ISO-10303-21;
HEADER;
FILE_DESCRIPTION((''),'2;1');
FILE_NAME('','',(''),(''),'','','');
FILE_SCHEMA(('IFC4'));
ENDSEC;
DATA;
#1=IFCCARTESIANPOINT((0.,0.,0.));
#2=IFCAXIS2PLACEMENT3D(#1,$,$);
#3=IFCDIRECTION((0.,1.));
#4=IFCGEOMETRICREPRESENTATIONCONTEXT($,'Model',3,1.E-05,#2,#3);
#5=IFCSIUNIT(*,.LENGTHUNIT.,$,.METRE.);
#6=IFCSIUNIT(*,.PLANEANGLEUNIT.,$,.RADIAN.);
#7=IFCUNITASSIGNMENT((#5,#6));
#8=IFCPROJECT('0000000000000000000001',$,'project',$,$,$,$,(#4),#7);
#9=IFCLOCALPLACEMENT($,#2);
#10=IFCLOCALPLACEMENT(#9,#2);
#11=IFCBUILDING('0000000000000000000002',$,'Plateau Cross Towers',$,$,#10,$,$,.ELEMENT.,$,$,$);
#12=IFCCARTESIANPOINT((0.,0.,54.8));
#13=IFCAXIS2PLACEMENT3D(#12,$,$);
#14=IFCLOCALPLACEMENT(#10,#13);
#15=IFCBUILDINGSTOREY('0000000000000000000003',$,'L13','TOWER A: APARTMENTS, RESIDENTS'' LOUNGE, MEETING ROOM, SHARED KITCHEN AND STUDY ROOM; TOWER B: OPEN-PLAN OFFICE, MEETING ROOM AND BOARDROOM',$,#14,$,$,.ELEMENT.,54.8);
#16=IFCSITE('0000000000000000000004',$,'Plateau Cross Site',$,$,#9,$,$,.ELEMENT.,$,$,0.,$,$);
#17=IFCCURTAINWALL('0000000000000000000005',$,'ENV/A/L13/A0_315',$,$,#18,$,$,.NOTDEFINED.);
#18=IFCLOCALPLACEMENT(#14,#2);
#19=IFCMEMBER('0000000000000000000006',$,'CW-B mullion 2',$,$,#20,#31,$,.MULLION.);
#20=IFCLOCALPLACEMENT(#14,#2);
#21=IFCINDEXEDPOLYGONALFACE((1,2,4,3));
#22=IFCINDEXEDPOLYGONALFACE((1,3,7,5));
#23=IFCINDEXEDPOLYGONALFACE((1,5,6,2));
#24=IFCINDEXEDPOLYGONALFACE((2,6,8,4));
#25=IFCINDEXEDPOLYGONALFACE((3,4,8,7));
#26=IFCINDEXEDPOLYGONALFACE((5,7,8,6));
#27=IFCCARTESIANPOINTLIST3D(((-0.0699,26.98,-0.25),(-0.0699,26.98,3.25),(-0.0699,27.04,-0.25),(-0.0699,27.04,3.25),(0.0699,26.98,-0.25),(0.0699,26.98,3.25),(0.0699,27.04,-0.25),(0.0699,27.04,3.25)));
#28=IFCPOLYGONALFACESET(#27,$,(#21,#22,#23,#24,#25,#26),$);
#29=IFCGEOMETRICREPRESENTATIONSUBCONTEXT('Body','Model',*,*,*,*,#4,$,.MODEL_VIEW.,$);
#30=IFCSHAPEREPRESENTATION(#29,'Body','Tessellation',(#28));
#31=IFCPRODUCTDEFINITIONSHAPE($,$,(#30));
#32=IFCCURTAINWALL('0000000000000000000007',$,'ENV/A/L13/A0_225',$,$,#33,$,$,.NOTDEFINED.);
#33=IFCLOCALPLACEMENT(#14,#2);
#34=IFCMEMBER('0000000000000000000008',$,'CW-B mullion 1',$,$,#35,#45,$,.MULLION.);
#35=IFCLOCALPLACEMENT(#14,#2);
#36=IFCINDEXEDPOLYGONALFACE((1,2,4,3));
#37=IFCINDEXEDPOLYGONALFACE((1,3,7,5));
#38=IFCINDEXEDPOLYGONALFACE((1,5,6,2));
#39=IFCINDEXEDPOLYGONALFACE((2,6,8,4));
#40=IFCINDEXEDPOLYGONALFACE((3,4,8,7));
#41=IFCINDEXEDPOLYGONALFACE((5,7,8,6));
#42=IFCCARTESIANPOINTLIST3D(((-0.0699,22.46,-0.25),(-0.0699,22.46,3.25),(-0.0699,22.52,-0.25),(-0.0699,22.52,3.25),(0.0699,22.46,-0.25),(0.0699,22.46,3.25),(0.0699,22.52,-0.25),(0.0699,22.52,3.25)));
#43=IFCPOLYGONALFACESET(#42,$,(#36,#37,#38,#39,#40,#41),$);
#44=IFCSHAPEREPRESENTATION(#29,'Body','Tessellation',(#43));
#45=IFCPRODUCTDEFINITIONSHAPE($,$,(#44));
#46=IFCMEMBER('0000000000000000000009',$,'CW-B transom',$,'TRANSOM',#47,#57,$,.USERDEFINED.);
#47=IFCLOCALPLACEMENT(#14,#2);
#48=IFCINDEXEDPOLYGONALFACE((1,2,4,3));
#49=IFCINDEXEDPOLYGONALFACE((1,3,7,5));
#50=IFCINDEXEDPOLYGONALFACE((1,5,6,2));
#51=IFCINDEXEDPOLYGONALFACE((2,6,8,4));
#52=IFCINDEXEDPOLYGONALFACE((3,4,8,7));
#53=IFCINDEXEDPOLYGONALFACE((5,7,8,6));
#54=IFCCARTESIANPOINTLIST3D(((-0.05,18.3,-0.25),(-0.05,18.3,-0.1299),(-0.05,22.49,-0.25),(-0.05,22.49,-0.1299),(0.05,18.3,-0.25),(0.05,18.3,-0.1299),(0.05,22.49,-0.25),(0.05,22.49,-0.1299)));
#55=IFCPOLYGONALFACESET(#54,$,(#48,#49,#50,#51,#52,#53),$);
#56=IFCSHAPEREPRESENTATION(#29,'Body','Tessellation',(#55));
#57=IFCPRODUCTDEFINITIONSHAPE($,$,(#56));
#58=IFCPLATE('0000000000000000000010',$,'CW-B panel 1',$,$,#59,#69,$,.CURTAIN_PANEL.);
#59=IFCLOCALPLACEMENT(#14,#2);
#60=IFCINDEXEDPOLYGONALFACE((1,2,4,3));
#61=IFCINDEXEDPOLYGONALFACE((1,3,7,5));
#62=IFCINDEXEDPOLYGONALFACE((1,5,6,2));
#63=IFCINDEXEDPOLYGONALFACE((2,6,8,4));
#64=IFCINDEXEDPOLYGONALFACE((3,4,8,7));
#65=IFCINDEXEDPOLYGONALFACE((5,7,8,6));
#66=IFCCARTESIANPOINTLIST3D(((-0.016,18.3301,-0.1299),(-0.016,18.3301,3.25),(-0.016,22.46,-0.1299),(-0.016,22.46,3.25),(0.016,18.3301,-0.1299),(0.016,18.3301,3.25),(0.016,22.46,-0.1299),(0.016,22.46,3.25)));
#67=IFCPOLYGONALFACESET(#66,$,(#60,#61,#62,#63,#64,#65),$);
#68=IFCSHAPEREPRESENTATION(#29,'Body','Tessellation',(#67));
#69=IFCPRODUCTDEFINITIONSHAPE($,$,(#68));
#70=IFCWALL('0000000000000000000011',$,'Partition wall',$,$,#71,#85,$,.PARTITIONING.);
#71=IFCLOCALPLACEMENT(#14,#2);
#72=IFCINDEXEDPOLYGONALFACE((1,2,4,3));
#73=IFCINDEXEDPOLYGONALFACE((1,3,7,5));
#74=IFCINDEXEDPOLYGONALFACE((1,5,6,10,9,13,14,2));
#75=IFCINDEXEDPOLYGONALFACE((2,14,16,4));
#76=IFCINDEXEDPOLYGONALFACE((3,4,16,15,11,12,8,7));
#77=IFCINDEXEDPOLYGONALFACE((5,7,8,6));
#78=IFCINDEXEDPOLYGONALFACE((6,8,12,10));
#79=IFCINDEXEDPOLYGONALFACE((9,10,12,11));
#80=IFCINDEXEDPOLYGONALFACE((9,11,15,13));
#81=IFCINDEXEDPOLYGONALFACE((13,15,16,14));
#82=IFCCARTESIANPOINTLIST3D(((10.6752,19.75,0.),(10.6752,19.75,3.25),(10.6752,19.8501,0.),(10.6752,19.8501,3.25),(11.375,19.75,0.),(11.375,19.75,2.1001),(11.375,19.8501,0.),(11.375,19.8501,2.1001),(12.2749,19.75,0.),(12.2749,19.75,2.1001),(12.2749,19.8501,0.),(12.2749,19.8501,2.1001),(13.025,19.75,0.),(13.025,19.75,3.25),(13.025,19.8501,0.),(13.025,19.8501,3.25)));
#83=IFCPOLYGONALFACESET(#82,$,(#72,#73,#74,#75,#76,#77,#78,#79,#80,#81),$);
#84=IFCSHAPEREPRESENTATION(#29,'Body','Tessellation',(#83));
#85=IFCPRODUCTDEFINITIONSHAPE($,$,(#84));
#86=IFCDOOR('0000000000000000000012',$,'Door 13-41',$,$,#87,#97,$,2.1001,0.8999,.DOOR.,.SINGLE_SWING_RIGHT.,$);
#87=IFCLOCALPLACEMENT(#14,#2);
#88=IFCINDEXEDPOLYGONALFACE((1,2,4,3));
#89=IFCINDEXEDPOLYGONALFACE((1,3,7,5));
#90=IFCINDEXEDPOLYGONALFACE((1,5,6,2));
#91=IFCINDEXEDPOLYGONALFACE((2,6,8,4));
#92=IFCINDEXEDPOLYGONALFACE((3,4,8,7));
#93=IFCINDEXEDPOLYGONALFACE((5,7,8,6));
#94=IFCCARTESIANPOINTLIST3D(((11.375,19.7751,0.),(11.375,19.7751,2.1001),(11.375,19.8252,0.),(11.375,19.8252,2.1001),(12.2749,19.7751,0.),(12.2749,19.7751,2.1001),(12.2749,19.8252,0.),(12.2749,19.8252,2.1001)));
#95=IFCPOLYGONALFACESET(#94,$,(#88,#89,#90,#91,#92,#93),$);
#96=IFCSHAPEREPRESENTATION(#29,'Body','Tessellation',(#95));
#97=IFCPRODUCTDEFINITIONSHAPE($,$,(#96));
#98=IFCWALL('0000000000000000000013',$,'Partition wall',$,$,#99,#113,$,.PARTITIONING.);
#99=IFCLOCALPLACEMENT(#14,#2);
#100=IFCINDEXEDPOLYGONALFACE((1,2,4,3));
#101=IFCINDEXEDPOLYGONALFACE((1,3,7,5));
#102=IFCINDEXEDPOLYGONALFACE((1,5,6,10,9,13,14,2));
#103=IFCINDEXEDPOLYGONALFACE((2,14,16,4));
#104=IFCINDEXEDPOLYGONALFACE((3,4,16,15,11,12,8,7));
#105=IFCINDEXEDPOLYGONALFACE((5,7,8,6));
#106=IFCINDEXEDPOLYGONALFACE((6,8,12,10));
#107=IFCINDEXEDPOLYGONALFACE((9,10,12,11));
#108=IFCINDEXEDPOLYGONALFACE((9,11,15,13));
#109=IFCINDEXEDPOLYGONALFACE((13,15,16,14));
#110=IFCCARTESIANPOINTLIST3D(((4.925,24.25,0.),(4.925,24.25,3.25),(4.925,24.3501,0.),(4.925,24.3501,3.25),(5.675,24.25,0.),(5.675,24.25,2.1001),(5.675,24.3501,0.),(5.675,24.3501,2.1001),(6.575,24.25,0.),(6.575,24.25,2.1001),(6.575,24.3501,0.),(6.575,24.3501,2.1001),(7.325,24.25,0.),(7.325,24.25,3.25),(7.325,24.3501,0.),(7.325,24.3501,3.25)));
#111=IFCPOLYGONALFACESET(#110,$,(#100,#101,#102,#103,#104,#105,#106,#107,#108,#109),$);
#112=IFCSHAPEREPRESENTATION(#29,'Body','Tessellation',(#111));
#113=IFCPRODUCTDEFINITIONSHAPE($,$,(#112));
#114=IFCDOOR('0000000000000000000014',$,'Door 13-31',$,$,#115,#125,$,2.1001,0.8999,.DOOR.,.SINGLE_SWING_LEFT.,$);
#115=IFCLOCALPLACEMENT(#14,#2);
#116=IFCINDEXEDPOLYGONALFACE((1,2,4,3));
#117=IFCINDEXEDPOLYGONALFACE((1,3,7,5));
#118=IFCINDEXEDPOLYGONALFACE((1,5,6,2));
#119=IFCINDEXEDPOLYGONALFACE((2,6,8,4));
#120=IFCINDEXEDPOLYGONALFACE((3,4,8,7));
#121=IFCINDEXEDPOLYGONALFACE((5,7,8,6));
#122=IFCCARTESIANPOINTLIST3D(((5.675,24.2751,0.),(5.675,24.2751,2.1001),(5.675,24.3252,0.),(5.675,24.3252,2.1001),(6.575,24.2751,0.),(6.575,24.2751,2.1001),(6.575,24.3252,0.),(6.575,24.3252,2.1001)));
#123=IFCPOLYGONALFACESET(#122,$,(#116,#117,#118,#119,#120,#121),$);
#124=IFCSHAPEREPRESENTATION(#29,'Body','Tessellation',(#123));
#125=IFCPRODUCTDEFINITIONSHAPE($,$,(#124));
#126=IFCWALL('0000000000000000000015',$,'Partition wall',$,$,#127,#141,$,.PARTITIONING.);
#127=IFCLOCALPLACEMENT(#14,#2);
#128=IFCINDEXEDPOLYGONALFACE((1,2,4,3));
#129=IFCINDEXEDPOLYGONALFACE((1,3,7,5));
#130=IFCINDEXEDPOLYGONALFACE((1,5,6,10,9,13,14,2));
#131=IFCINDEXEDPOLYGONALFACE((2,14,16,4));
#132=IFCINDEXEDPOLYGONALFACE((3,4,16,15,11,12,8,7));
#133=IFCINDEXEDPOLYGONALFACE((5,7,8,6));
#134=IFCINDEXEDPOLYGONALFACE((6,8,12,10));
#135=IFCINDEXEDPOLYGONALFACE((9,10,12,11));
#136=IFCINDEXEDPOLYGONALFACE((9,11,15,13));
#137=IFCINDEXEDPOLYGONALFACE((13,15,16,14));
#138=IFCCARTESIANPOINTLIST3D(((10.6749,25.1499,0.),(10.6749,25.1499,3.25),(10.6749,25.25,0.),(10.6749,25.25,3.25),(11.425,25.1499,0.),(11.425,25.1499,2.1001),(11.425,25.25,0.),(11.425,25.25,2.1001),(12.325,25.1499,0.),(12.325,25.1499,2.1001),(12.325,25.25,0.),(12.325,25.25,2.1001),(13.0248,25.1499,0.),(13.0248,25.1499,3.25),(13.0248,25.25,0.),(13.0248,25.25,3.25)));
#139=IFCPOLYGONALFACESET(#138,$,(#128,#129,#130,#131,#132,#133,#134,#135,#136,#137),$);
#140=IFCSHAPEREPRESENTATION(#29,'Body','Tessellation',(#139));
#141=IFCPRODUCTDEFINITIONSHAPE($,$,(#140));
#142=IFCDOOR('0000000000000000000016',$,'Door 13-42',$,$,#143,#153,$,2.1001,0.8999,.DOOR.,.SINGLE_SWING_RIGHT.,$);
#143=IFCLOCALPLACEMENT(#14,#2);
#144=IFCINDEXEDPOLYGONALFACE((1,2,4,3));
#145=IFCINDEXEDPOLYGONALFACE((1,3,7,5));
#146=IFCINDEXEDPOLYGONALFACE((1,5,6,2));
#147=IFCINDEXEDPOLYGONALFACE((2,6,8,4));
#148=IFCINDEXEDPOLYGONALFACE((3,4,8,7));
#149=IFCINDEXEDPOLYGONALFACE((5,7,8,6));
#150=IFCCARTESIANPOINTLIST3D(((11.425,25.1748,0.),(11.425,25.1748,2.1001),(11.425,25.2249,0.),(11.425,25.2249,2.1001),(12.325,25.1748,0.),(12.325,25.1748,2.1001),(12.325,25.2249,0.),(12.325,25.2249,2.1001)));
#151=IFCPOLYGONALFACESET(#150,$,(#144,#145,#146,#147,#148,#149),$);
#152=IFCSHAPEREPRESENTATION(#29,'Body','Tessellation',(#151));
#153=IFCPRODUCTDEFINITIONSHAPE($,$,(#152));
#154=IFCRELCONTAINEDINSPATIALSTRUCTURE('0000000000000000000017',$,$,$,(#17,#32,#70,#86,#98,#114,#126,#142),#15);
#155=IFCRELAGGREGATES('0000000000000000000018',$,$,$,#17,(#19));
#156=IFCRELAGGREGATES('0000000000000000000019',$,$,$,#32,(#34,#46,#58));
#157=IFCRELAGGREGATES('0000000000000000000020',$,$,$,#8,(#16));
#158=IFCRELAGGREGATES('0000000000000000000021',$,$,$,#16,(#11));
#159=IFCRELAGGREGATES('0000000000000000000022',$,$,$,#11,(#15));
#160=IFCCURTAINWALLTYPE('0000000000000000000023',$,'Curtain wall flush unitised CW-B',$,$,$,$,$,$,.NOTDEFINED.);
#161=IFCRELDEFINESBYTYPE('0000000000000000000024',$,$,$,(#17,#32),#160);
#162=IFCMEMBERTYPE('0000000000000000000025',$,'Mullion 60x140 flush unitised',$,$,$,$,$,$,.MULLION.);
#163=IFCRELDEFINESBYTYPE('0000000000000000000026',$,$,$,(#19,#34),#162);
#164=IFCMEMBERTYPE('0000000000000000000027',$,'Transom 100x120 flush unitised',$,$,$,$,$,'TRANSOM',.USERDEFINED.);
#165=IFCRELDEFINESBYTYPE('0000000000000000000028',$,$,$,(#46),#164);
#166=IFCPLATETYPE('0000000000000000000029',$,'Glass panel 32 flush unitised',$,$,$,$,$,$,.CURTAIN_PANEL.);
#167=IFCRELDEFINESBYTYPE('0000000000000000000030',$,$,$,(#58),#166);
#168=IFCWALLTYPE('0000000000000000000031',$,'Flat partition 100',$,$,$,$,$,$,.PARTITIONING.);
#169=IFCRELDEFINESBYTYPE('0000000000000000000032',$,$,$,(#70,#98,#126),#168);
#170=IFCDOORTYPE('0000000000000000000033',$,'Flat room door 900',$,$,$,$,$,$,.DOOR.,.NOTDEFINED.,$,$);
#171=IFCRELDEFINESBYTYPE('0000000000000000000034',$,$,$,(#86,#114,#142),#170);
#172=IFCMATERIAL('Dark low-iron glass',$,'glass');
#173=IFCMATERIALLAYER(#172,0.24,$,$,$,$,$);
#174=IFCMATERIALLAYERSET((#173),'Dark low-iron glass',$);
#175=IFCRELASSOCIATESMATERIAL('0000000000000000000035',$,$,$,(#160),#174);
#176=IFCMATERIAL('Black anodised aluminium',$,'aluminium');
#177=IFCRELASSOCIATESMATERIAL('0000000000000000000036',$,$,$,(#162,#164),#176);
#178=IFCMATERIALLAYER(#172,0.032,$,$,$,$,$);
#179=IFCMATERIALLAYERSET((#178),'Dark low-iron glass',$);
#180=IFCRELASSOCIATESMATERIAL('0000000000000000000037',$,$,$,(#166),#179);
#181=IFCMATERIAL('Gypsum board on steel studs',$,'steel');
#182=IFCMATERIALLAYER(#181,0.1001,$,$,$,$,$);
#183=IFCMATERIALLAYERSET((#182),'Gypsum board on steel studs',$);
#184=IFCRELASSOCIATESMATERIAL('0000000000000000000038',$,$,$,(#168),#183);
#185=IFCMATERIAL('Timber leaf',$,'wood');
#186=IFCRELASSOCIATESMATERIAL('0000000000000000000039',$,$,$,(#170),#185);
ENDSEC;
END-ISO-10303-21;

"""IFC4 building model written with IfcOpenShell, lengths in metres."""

from ifc_helpers import new_model, si_unit, direction, frame, frame_2d, origin, origin_2d, place, context, subcontext, project, spatial, rectangle, extrude, material, layer, layer_set, material_profile, profile_set, type_object, element, fill, aggregate, save


model = new_model("IFC4")

# Units and contexts
model_context = context("Model", 3, precision=1e-05, world=origin(), true_north=direction((0.0, 1.0)))
body_context = subcontext(model_context, "Body", "Model", "MODEL_VIEW")
ifc_project = project(units=[si_unit("LENGTHUNIT", "METRE"), si_unit("PLANEANGLEUNIT", "RADIAN")], contexts=[model_context])

# Site, building, storey
site_placement = place(None, origin())
site = spatial("IfcSite", under=ifc_project, at=site_placement, Name="Plateau Cross Site", CompositionType="ELEMENT", RefElevation=0.0)
building_placement = place(site_placement, origin())
building = spatial("IfcBuilding", under=site, at=building_placement, Name="Plateau Cross Towers", CompositionType="ELEMENT")
storey_placement = place(building_placement, frame((0.0, 0.0, 54.8)))
storey = spatial("IfcBuildingStorey", under=building, at=storey_placement, Name="L13", Description="TOWER A: APARTMENTS, RESIDENTS' LOUNGE, MEETING ROOM, SHARED KITCHEN AND STUDY ROOM; TOWER B: OPEN-PLAN OFFICE, MEETING ROOM AND BOARDROOM", CompositionType="ELEMENT", Elevation=54.8)

# Curtain wall, member
ifc_material_1 = material(Name="Dark low-iron glass", Category="glass")
ifc_layer_1 = layer(ifc_material_1, 0.24)
ifc_layer_set_1 = layer_set([ifc_layer_1], Name="Dark low-iron glass")
curtain_wall_type = type_object("IfcCurtainWallType", Name="Curtain wall flush unitised CW-B", PredefinedType="NOTDEFINED", material=ifc_layer_set_1)
curtain_wall_1_placement = place(storey_placement, origin())
curtain_wall_1 = element("IfcCurtainWall", 1, at=curtain_wall_1_placement, inside=storey, type_object=curtain_wall_type, Name="ENV/A/L13/A0_315", PredefinedType="NOTDEFINED")
ifc_material_2 = material(Name="Black anodised aluminium", Category="aluminium")
ifc_material_profile_1 = material_profile(ifc_material_2, rectangle(XDim=0.0601, YDim=0.1399, at=origin_2d()), Name="MULLION 60x140")
ifc_profile_set_1 = profile_set([ifc_material_profile_1], Name="Black anodised aluminium")
member_type_1 = type_object("IfcMemberType", Name="Mullion 60x140 flush unitised", PredefinedType="MULLION", material=ifc_profile_set_1)
member_1_placement = place(storey_placement, frame((0.0, 27.01, -0.25), z_axis=(0.0, 0.0, 1.0), x_axis=(0.0, -1.0, 0.0)))
member_1 = element("IfcMember", 2, at=member_1_placement, type_object=member_type_1, Name="CW-B mullion 2", PredefinedType="MULLION", context=body_context, shape_type="SweptSolid", body=[
    extrude(rectangle(XDim=0.0601, YDim=0.1399, at=origin_2d()), origin(), (0.0, 0.0, 1.0), 3.5),
])
aggregate(curtain_wall_1, [member_1])

# Curtain wall, members, plate
curtain_wall_2_placement = place(storey_placement, origin())
curtain_wall_2 = element("IfcCurtainWall", 3, at=curtain_wall_2_placement, inside=storey, type_object=curtain_wall_type, Name="ENV/A/L13/A0_225", PredefinedType="NOTDEFINED")
member_2_placement = place(storey_placement, frame((0.0, 22.49, -0.25), z_axis=(0.0, 0.0, 1.0), x_axis=(0.0, -1.0, 0.0)))
member_2 = element("IfcMember", 4, at=member_2_placement, type_object=member_type_1, Name="CW-B mullion 1", PredefinedType="MULLION", context=body_context, shape_type="SweptSolid", body=[
    extrude(rectangle(XDim=0.0601, YDim=0.1399, at=origin_2d()), origin(), (0.0, 0.0, 1.0), 3.5),
])
ifc_material_profile_2 = material_profile(ifc_material_2, rectangle(XDim=0.1001, YDim=0.1201, at=origin_2d()), Name="TRANSOM 100x120")
ifc_profile_set_2 = profile_set([ifc_material_profile_2], Name="Black anodised aluminium")
member_type_2 = type_object("IfcMemberType", Name="Transom 100x120 flush unitised", ElementType="TRANSOM", PredefinedType="USERDEFINED", material=ifc_profile_set_2)
member_3_placement = place(storey_placement, frame((0.0, 22.49, -0.1899), z_axis=(0.0, -1.0, 0.0), x_axis=(1.0, 0.0, 0.0)))
member_3 = element("IfcMember", 5, at=member_3_placement, type_object=member_type_2, Name="CW-B transom", ObjectType="TRANSOM", PredefinedType="USERDEFINED", context=body_context, shape_type="SweptSolid", body=[
    extrude(rectangle(XDim=0.1001, YDim=0.1201, at=origin_2d()), origin(), (0.0, 0.0, 1.0), 4.1899),
])
ifc_layer_2 = layer(ifc_material_1, 0.032)
ifc_layer_set_2 = layer_set([ifc_layer_2], Name="Dark low-iron glass")
plate_type = type_object("IfcPlateType", Name="Glass panel 32 flush unitised", PredefinedType="CURTAIN_PANEL", material=ifc_layer_set_2)
plate_placement = place(storey_placement, frame((0.0, 20.395, -0.1299), z_axis=(0.0, 0.0, 1.0), x_axis=(0.0, -1.0, 0.0)))
plate = element("IfcPlate", 6, at=plate_placement, type_object=plate_type, Name="CW-B panel 1", PredefinedType="CURTAIN_PANEL", context=body_context, shape_type="SweptSolid", body=[
    extrude(rectangle(XDim=4.1299, YDim=0.032, at=origin_2d()), origin(), (0.0, 0.0, 1.0), 3.3799),
])
aggregate(curtain_wall_2, [member_2, member_3, plate])

# Walls, openings, doors
ifc_material_3 = material(Name="Gypsum board on steel studs", Category="steel")
ifc_layer_3 = layer(ifc_material_3, 0.1001)
ifc_layer_set_3 = layer_set([ifc_layer_3], Name="Gypsum board on steel studs")
wall_type_1 = type_object("IfcWallType", Name="Flat partition 100", PredefinedType="PARTITIONING", material=ifc_layer_set_3)
wall_1_placement = place(storey_placement, frame((13.0249, 19.8, 0.0), z_axis=(0.0, 0.0, 1.0), x_axis=(-1.0, 0.0, 0.0)))
wall_1 = element("IfcWall", 7, at=wall_1_placement, inside=storey, type_object=wall_type_1, Name="Partition wall", PredefinedType="PARTITIONING", context=body_context, shape_type="SweptSolid", body=[
    extrude(rectangle(XDim=2.3499, YDim=0.1001, at=frame_2d((1.1748, 0.0))), origin(), (0.0, 0.0, 1.0), 3.25),
])
opening_1_placement = place(wall_1_placement, frame((0.75, 0.0, 0.0)))
opening_1 = element("IfcOpeningElement", 8, at=opening_1_placement, cuts=wall_1, PredefinedType="OPENING", context=body_context, shape_type="SweptSolid", body=[
    extrude(rectangle(XDim=0.8999, YDim=2.1001, at=frame_2d((0.45, 1.05))), frame((0.0, 0.0601, 0.0), z_axis=(0.0, -1.0, 0.0), x_axis=(1.0, 0.0, 0.0)), (0.0, 0.0, 1.0), 0.1201),
])
ifc_material_4 = material(Name="Timber leaf", Category="wood")
door_type_1 = type_object("IfcDoorType", Name="Flat room door 900", OperationType="NOTDEFINED", PredefinedType="DOOR", material=ifc_material_4)
door_1_placement = place(opening_1_placement, origin())
door_1 = element("IfcDoor", 9, at=door_1_placement, inside=storey, type_object=door_type_1, Name="Door 13-41", OperationType="SINGLE_SWING_RIGHT", OverallHeight=2.1001, OverallWidth=0.8999, PredefinedType="DOOR", context=body_context, shape_type="SweptSolid", body=[
    extrude(rectangle(XDim=0.8999, YDim=2.1001, at=frame_2d((0.45, 1.05))), frame((0.0, 0.0249, 0.0), z_axis=(0.0, -1.0, 0.0), x_axis=(1.0, 0.0, 0.0)), (0.0, 0.0, 1.0), 0.05),
])
fill(opening_1, door_1)
wall_2_placement = place(storey_placement, frame((7.325, 24.3, 0.0), z_axis=(0.0, 0.0, 1.0), x_axis=(-1.0, 0.0, 0.0)))
wall_2 = element("IfcWall", 10, at=wall_2_placement, inside=storey, type_object=wall_type_1, Name="Partition wall", PredefinedType="PARTITIONING", context=body_context, shape_type="SweptSolid", body=[
    extrude(rectangle(XDim=2.3999, YDim=0.1001, at=frame_2d((1.2, 0.0))), origin(), (0.0, 0.0, 1.0), 3.25),
])
opening_2_placement = place(wall_2_placement, frame((0.75, 0.0, 0.0)))
opening_2 = element("IfcOpeningElement", 11, at=opening_2_placement, cuts=wall_2, PredefinedType="OPENING", context=body_context, shape_type="SweptSolid", body=[
    extrude(rectangle(XDim=0.8999, YDim=2.1001, at=frame_2d((0.45, 1.05))), frame((0.0, 0.0601, 0.0), z_axis=(0.0, -1.0, 0.0), x_axis=(1.0, 0.0, 0.0)), (0.0, 0.0, 1.0), 0.1201),
])
door_2_placement = place(opening_2_placement, origin())
door_2 = element("IfcDoor", 12, at=door_2_placement, inside=storey, type_object=door_type_1, Name="Door 13-31", OperationType="SINGLE_SWING_LEFT", OverallHeight=2.1001, OverallWidth=0.8999, PredefinedType="DOOR", context=body_context, shape_type="SweptSolid", body=[
    extrude(rectangle(XDim=0.8999, YDim=2.1001, at=frame_2d((0.45, 1.05))), frame((0.0, 0.0249, 0.0), z_axis=(0.0, -1.0, 0.0), x_axis=(1.0, 0.0, 0.0)), (0.0, 0.0, 1.0), 0.05),
])
fill(opening_2, door_2)
wall_3_placement = place(storey_placement, frame((10.675, 25.2, 0.0), z_axis=(0.0, 0.0, 1.0), x_axis=(1.0, 0.0, 0.0)))
wall_3 = element("IfcWall", 13, at=wall_3_placement, inside=storey, type_object=wall_type_1, Name="Partition wall", PredefinedType="PARTITIONING", context=body_context, shape_type="SweptSolid", body=[
    extrude(rectangle(XDim=2.3499, YDim=0.1001, at=frame_2d((1.1748, 0.0))), origin(), (0.0, 0.0, 1.0), 3.25),
])
opening_3_placement = place(wall_3_placement, frame((0.75, 0.0, 0.0)))
opening_3 = element("IfcOpeningElement", 14, at=opening_3_placement, cuts=wall_3, PredefinedType="OPENING", context=body_context, shape_type="SweptSolid", body=[
    extrude(rectangle(XDim=0.8999, YDim=2.1001, at=frame_2d((0.45, 1.05))), frame((0.0, 0.0601, 0.0), z_axis=(0.0, -1.0, 0.0), x_axis=(1.0, 0.0, 0.0)), (0.0, 0.0, 1.0), 0.1201),
])
door_3_placement = place(opening_3_placement, origin())
door_3 = element("IfcDoor", 15, at=door_3_placement, inside=storey, type_object=door_type_1, Name="Door 13-42", OperationType="SINGLE_SWING_RIGHT", OverallHeight=2.1001, OverallWidth=0.8999, PredefinedType="DOOR", context=body_context, shape_type="SweptSolid", body=[
    extrude(rectangle(XDim=0.8999, YDim=2.1001, at=frame_2d((0.45, 1.05))), frame((0.0, 0.0249, 0.0), z_axis=(0.0, -1.0, 0.0), x_axis=(1.0, 0.0, 0.0)), (0.0, 0.0, 1.0), 0.05),
])
fill(opening_3, door_3)

save(model, "model.ifc")
